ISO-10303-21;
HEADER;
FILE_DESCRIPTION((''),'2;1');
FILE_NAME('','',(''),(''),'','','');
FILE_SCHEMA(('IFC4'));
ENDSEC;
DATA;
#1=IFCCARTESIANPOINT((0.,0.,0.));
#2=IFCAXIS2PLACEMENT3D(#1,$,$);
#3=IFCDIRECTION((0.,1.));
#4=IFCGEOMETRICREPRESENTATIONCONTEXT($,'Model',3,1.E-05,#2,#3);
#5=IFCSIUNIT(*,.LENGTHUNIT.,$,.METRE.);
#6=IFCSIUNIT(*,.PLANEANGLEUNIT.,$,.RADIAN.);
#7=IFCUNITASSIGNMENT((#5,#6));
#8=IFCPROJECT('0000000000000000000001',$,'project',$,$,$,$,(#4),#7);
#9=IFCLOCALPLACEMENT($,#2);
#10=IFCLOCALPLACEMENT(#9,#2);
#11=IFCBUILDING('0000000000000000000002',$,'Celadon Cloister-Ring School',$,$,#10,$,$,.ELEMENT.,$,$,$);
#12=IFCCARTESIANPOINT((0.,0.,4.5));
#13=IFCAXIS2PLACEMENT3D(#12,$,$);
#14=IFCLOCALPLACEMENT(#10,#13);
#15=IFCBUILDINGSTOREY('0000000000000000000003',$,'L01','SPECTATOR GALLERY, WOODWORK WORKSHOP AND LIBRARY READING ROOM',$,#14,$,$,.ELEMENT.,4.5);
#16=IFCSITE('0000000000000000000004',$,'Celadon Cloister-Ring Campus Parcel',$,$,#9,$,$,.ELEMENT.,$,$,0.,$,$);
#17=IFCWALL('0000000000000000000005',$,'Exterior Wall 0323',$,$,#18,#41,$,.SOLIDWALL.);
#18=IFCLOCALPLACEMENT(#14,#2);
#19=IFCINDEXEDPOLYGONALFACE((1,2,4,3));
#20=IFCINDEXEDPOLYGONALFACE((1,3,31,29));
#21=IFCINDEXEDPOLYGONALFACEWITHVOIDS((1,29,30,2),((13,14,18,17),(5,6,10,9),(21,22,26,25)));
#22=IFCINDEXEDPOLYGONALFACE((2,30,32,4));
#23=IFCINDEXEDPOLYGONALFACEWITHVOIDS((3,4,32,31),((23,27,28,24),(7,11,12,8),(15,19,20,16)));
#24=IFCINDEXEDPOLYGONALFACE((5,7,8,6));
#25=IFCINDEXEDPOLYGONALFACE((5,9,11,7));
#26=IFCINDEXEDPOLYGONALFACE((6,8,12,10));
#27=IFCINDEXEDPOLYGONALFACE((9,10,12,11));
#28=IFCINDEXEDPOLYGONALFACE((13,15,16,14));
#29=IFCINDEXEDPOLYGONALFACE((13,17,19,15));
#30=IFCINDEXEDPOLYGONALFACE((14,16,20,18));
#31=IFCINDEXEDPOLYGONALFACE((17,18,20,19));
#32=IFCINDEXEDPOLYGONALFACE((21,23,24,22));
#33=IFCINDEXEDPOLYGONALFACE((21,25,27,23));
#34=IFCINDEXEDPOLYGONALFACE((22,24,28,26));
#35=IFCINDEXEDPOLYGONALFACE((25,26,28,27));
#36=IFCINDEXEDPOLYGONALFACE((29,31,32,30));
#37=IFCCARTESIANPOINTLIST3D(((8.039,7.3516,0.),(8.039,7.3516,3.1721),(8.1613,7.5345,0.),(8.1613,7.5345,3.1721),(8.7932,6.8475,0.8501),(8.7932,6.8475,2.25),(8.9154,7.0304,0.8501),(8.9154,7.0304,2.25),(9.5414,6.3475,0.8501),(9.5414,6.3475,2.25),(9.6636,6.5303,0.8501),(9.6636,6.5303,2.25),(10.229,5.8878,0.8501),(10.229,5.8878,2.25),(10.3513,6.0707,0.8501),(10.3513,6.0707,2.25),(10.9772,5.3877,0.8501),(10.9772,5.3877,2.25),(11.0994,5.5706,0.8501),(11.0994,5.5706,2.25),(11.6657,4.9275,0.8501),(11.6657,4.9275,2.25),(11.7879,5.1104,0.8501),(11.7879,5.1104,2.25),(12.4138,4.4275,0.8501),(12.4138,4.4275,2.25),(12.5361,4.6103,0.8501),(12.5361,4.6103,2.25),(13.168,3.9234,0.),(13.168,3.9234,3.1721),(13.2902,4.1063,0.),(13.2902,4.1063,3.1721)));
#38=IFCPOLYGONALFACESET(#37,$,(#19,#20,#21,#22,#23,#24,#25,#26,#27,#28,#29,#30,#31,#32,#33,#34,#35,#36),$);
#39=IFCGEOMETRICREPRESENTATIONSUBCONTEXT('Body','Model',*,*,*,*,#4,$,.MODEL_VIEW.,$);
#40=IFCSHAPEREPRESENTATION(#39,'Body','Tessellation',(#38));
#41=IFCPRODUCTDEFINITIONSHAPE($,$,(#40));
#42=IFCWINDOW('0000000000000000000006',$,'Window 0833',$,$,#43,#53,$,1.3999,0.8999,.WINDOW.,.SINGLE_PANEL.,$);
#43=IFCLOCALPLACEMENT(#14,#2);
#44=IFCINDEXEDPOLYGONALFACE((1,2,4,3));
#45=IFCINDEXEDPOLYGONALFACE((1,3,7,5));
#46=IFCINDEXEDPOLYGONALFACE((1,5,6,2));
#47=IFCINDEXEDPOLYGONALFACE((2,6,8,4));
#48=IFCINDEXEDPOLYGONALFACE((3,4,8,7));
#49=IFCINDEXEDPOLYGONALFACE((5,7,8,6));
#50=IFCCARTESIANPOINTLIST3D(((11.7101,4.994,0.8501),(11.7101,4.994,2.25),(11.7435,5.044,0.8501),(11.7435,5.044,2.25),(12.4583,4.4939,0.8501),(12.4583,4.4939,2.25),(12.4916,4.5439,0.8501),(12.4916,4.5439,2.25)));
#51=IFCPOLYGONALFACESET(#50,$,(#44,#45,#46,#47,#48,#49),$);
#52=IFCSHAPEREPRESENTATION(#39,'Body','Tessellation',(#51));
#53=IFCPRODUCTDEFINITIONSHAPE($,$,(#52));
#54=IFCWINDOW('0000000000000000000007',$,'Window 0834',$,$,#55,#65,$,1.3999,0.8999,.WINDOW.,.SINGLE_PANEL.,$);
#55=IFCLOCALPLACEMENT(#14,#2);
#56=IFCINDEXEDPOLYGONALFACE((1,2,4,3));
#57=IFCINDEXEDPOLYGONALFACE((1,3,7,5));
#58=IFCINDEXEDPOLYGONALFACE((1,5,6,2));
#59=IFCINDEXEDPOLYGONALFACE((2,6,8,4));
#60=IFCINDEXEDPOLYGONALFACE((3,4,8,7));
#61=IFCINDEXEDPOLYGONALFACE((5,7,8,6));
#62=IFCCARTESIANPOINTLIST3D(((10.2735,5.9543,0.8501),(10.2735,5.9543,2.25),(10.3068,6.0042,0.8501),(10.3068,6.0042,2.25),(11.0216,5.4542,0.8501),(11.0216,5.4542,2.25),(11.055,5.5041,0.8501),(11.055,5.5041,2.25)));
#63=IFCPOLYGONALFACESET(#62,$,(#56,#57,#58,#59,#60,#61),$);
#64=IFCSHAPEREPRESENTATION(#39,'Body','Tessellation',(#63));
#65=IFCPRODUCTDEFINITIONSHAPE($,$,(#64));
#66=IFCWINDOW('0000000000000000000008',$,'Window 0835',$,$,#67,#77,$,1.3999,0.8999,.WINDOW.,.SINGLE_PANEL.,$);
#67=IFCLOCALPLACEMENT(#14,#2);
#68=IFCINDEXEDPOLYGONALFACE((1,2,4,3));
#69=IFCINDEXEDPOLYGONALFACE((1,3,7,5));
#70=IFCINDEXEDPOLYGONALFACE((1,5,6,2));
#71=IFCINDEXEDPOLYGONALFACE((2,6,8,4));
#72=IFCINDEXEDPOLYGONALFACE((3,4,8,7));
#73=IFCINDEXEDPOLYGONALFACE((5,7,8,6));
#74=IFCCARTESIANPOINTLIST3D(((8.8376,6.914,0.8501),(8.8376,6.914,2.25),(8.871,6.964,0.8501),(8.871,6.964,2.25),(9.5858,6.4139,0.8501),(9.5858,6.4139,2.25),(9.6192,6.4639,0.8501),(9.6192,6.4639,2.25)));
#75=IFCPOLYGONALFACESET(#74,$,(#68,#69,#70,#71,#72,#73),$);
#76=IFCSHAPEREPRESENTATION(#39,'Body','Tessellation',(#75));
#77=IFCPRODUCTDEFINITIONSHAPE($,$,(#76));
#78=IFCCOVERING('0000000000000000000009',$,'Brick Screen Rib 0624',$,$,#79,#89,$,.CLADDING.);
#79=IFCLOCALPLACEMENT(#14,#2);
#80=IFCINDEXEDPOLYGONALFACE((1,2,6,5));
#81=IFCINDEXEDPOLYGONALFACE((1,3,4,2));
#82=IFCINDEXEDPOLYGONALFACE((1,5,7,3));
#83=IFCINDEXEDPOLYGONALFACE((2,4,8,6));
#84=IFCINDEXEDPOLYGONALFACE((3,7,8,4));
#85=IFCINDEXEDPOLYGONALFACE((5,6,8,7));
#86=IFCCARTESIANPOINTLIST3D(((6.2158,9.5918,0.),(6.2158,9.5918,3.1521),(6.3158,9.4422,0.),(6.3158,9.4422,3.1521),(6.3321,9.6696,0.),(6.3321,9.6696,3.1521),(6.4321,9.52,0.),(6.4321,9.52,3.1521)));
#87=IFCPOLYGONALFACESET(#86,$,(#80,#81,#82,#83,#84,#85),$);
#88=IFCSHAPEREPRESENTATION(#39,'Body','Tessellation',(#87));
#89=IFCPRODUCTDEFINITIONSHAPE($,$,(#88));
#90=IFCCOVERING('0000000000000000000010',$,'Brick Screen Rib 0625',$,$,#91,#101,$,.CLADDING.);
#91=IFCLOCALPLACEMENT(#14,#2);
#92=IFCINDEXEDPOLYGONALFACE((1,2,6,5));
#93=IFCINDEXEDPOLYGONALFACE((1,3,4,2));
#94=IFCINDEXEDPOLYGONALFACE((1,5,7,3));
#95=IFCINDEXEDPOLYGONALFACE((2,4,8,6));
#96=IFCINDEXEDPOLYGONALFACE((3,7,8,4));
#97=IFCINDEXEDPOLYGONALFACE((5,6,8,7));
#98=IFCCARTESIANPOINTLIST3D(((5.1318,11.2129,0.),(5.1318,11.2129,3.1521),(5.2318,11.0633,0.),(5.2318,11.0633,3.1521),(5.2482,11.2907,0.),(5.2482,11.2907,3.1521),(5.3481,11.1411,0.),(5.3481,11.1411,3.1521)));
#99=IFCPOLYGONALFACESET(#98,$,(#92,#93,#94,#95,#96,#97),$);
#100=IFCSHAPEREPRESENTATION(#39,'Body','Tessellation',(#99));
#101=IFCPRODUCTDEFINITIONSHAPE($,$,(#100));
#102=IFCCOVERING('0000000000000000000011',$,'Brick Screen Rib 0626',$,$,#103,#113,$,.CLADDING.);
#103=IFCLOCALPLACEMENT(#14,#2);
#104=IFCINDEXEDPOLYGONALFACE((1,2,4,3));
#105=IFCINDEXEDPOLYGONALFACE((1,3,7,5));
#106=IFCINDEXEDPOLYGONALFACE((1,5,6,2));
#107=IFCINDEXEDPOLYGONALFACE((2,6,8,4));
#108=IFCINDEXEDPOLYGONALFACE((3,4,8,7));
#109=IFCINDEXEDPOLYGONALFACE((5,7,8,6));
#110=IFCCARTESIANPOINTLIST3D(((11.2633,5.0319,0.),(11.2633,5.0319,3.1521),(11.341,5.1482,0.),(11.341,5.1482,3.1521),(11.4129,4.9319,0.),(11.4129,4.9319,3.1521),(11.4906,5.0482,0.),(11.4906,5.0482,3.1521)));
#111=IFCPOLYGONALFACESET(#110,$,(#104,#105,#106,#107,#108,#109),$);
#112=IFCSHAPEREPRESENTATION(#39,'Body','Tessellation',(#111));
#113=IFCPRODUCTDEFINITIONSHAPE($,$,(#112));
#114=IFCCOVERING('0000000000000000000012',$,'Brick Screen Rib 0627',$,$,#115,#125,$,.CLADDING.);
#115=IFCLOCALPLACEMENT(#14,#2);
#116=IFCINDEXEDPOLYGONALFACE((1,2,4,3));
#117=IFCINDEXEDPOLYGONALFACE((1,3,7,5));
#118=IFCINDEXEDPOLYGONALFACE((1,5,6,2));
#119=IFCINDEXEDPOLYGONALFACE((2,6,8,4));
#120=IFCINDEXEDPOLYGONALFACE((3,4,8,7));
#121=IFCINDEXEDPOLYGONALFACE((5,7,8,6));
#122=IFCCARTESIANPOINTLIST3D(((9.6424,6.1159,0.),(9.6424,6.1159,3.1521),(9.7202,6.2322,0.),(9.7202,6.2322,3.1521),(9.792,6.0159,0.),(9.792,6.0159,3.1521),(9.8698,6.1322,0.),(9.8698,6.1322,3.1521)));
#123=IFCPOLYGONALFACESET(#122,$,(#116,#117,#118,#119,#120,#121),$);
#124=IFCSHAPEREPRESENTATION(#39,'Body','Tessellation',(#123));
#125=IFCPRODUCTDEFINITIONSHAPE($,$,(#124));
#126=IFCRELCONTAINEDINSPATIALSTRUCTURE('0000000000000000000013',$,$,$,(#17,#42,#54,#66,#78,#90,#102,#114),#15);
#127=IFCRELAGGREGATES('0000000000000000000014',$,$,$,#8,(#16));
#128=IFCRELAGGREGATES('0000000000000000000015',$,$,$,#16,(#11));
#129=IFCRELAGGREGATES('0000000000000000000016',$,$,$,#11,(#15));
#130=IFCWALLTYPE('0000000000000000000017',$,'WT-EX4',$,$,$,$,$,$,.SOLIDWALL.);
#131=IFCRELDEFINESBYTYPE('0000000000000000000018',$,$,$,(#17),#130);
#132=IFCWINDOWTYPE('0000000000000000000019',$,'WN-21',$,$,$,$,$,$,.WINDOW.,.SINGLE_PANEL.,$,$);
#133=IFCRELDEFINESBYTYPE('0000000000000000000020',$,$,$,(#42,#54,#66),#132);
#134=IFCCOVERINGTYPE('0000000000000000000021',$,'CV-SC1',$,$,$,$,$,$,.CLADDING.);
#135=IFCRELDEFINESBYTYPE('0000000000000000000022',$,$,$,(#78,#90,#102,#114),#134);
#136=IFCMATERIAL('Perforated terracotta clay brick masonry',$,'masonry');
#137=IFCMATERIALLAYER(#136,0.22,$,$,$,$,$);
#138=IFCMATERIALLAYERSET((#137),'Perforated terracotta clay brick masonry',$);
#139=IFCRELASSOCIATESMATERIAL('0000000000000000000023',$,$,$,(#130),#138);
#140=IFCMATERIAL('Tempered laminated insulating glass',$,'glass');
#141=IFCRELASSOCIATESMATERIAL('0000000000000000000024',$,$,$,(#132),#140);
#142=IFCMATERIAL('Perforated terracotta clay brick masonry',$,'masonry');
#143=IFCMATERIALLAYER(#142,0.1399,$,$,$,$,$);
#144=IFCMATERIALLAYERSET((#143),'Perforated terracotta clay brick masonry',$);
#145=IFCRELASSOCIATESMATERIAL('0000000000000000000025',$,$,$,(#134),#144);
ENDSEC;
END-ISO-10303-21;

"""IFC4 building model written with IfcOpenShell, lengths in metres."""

from ifc_helpers import new_model, si_unit, direction, frame, frame_2d, origin, origin_2d, place, context, subcontext, project, spatial, rectangle, extrude, material, layer, layer_set, type_object, element, fill, save


model = new_model("IFC4")

# Units and contexts
model_context = context("Model", 3, precision=1e-05, world=origin(), true_north=direction((0.0, 1.0)))
body_context = subcontext(model_context, "Body", "Model", "MODEL_VIEW")
ifc_project = project(units=[si_unit("LENGTHUNIT", "METRE"), si_unit("PLANEANGLEUNIT", "RADIAN")], contexts=[model_context])

# Site, building, storey
site_placement = place(None, origin())
site = spatial("IfcSite", under=ifc_project, at=site_placement, Name="Celadon Cloister-Ring Campus Parcel", CompositionType="ELEMENT", RefElevation=0.0)
building_placement = place(site_placement, origin())
building = spatial("IfcBuilding", under=site, at=building_placement, Name="Celadon Cloister-Ring School", CompositionType="ELEMENT")
storey_placement = place(building_placement, frame((0.0, 0.0, 4.5)))
storey = spatial("IfcBuildingStorey", under=building, at=storey_placement, Name="L01", Description="SPECTATOR GALLERY, WOODWORK WORKSHOP AND LIBRARY READING ROOM", CompositionType="ELEMENT", Elevation=4.5)

# Wall, openings, windows
ifc_material_1 = material(Name="Perforated terracotta clay brick masonry", Category="masonry")
ifc_layer_1 = layer(ifc_material_1, 0.22)
ifc_layer_set_1 = layer_set([ifc_layer_1], Name="Perforated terracotta clay brick masonry")
wall_type = type_object("IfcWallType", Name="WT-EX4", PredefinedType="SOLIDWALL", material=ifc_layer_set_1)
ifc_material_2 = material(Name="Tempered laminated insulating glass", Category="glass")
window_type = type_object("IfcWindowType", Name="WN-21", PartitioningType="SINGLE_PANEL", PredefinedType="WINDOW", material=ifc_material_2)
wall_1_placement = place(storey_placement, frame((13.229, 4.0149, 0.0), z_axis=(0.0, 0.0, 1.0), x_axis=(-0.83138, 0.555704, 0.0)))
wall_1 = element("IfcWall", 1, at=wall_1_placement, inside=storey, type_object=wall_type, Name="Exterior Wall 0323", PredefinedType="SOLIDWALL", context=body_context, shape_type="SweptSolid", body=[
    extrude(rectangle(XDim=6.1692, YDim=0.22, at=frame_2d((3.0845, 0.0))), origin(), (0.0, 0.0, 1.0), 3.1721),
])
opening_1_placement = place(wall_1_placement, frame((0.907, 0.0, 0.8501)))
opening_1 = element("IfcOpeningElement", 2, at=opening_1_placement, cuts=wall_1, PredefinedType="OPENING", context=body_context, shape_type="SweptSolid", body=[
    extrude(rectangle(XDim=0.8999, YDim=1.3999, at=frame_2d((0.45, 0.7))), frame((0.0, 0.1201, 0.0), z_axis=(0.0, -1.0, 0.0), x_axis=(1.0, 0.0, 0.0)), (0.0, 0.0, 1.0), 0.24),
])
opening_2_placement = place(wall_1_placement, frame((2.635, 0.0, 0.8501)))
opening_2 = element("IfcOpeningElement", 3, at=opening_2_placement, cuts=wall_1, PredefinedType="OPENING", context=body_context, shape_type="SweptSolid", body=[
    extrude(rectangle(XDim=0.8999, YDim=1.3999, at=frame_2d((0.45, 0.7))), frame((0.0, 0.1201, 0.0), z_axis=(0.0, -1.0, 0.0), x_axis=(1.0, 0.0, 0.0)), (0.0, 0.0, 1.0), 0.24),
])
opening_3_placement = place(wall_1_placement, frame((4.3621, 0.0, 0.8501)))
opening_3 = element("IfcOpeningElement", 4, at=opening_3_placement, cuts=wall_1, PredefinedType="OPENING", context=body_context, shape_type="SweptSolid", body=[
    extrude(rectangle(XDim=0.8999, YDim=1.3999, at=frame_2d((0.45, 0.7))), frame((0.0, 0.1201, 0.0), z_axis=(0.0, -1.0, 0.0), x_axis=(1.0, 0.0, 0.0)), (0.0, 0.0, 1.0), 0.24),
])
window_1_placement = place(opening_1_placement, origin())
window_1 = element("IfcWindow", 5, at=window_1_placement, inside=storey, type_object=window_type, Name="Window 0833", OverallHeight=1.3999, OverallWidth=0.8999, PartitioningType="SINGLE_PANEL", PredefinedType="WINDOW", context=body_context, shape_type="SweptSolid", body=[
    extrude(rectangle(XDim=0.8999, YDim=1.3999, at=frame_2d((0.45, 0.7))), frame((0.0, 0.03, 0.0), z_axis=(0.0, -1.0, 0.0), x_axis=(1.0, 0.0, 0.0)), (0.0, 0.0, 1.0), 0.0601),
])
fill(opening_1, window_1)
window_2_placement = place(opening_2_placement, origin())
window_2 = element("IfcWindow", 6, at=window_2_placement, inside=storey, type_object=window_type, Name="Window 0834", OverallHeight=1.3999, OverallWidth=0.8999, PartitioningType="SINGLE_PANEL", PredefinedType="WINDOW", context=body_context, shape_type="SweptSolid", body=[
    extrude(rectangle(XDim=0.8999, YDim=1.3999, at=frame_2d((0.45, 0.7))), frame((0.0, 0.03, 0.0), z_axis=(0.0, -1.0, 0.0), x_axis=(1.0, 0.0, 0.0)), (0.0, 0.0, 1.0), 0.0601),
])
fill(opening_2, window_2)
window_3_placement = place(opening_3_placement, origin())
window_3 = element("IfcWindow", 7, at=window_3_placement, inside=storey, type_object=window_type, Name="Window 0835", OverallHeight=1.3999, OverallWidth=0.8999, PartitioningType="SINGLE_PANEL", PredefinedType="WINDOW", context=body_context, shape_type="SweptSolid", body=[
    extrude(rectangle(XDim=0.8999, YDim=1.3999, at=frame_2d((0.45, 0.7))), frame((0.0, 0.03, 0.0), z_axis=(0.0, -1.0, 0.0), x_axis=(1.0, 0.0, 0.0)), (0.0, 0.0, 1.0), 0.0601),
])
fill(opening_3, window_3)

# Coverings
ifc_material_3 = material(Name="Perforated terracotta clay brick masonry", Category="masonry")
ifc_layer_2 = layer(ifc_material_3, 0.1399)
ifc_layer_set_2 = layer_set([ifc_layer_2], Name="Perforated terracotta clay brick masonry")
covering_type = type_object("IfcCoveringType", Name="CV-SC1", PredefinedType="CLADDING", material=ifc_layer_set_2)
for number, where, z_axis, x_axis, name in (
    (8, (6.324, 9.5559, 0.0), (0.0, 0.0, 1.0), (-0.555672, 0.831402, 0.0), "Brick Screen Rib 0624"),
    (9, (5.24, 11.177, 0.0), (0.0, 0.0, 1.0), (-0.555672, 0.831402, 0.0), "Brick Screen Rib 0625"),
    (10, (11.377, 5.04, 0.0), (0.0, 0.0, 1.0), (-0.831402, 0.555672, 0.0), "Brick Screen Rib 0626"),
    (11, (9.7561, 6.124, 0.0), (0.0, 0.0, 1.0), (-0.831402, 0.555672, 0.0), "Brick Screen Rib 0627"),
):
    element("IfcCovering", number, at=place(storey_placement, frame(where, z_axis=z_axis, x_axis=x_axis)), inside=storey, type_object=covering_type, Name=name, PredefinedType="CLADDING", context=body_context, shape_type="SweptSolid", body=[
        extrude(rectangle(XDim=0.1799, YDim=0.1399, at=origin_2d()), origin(), (0.0, 0.0, 1.0), 3.1521),
    ])

save(model, "model.ifc")
